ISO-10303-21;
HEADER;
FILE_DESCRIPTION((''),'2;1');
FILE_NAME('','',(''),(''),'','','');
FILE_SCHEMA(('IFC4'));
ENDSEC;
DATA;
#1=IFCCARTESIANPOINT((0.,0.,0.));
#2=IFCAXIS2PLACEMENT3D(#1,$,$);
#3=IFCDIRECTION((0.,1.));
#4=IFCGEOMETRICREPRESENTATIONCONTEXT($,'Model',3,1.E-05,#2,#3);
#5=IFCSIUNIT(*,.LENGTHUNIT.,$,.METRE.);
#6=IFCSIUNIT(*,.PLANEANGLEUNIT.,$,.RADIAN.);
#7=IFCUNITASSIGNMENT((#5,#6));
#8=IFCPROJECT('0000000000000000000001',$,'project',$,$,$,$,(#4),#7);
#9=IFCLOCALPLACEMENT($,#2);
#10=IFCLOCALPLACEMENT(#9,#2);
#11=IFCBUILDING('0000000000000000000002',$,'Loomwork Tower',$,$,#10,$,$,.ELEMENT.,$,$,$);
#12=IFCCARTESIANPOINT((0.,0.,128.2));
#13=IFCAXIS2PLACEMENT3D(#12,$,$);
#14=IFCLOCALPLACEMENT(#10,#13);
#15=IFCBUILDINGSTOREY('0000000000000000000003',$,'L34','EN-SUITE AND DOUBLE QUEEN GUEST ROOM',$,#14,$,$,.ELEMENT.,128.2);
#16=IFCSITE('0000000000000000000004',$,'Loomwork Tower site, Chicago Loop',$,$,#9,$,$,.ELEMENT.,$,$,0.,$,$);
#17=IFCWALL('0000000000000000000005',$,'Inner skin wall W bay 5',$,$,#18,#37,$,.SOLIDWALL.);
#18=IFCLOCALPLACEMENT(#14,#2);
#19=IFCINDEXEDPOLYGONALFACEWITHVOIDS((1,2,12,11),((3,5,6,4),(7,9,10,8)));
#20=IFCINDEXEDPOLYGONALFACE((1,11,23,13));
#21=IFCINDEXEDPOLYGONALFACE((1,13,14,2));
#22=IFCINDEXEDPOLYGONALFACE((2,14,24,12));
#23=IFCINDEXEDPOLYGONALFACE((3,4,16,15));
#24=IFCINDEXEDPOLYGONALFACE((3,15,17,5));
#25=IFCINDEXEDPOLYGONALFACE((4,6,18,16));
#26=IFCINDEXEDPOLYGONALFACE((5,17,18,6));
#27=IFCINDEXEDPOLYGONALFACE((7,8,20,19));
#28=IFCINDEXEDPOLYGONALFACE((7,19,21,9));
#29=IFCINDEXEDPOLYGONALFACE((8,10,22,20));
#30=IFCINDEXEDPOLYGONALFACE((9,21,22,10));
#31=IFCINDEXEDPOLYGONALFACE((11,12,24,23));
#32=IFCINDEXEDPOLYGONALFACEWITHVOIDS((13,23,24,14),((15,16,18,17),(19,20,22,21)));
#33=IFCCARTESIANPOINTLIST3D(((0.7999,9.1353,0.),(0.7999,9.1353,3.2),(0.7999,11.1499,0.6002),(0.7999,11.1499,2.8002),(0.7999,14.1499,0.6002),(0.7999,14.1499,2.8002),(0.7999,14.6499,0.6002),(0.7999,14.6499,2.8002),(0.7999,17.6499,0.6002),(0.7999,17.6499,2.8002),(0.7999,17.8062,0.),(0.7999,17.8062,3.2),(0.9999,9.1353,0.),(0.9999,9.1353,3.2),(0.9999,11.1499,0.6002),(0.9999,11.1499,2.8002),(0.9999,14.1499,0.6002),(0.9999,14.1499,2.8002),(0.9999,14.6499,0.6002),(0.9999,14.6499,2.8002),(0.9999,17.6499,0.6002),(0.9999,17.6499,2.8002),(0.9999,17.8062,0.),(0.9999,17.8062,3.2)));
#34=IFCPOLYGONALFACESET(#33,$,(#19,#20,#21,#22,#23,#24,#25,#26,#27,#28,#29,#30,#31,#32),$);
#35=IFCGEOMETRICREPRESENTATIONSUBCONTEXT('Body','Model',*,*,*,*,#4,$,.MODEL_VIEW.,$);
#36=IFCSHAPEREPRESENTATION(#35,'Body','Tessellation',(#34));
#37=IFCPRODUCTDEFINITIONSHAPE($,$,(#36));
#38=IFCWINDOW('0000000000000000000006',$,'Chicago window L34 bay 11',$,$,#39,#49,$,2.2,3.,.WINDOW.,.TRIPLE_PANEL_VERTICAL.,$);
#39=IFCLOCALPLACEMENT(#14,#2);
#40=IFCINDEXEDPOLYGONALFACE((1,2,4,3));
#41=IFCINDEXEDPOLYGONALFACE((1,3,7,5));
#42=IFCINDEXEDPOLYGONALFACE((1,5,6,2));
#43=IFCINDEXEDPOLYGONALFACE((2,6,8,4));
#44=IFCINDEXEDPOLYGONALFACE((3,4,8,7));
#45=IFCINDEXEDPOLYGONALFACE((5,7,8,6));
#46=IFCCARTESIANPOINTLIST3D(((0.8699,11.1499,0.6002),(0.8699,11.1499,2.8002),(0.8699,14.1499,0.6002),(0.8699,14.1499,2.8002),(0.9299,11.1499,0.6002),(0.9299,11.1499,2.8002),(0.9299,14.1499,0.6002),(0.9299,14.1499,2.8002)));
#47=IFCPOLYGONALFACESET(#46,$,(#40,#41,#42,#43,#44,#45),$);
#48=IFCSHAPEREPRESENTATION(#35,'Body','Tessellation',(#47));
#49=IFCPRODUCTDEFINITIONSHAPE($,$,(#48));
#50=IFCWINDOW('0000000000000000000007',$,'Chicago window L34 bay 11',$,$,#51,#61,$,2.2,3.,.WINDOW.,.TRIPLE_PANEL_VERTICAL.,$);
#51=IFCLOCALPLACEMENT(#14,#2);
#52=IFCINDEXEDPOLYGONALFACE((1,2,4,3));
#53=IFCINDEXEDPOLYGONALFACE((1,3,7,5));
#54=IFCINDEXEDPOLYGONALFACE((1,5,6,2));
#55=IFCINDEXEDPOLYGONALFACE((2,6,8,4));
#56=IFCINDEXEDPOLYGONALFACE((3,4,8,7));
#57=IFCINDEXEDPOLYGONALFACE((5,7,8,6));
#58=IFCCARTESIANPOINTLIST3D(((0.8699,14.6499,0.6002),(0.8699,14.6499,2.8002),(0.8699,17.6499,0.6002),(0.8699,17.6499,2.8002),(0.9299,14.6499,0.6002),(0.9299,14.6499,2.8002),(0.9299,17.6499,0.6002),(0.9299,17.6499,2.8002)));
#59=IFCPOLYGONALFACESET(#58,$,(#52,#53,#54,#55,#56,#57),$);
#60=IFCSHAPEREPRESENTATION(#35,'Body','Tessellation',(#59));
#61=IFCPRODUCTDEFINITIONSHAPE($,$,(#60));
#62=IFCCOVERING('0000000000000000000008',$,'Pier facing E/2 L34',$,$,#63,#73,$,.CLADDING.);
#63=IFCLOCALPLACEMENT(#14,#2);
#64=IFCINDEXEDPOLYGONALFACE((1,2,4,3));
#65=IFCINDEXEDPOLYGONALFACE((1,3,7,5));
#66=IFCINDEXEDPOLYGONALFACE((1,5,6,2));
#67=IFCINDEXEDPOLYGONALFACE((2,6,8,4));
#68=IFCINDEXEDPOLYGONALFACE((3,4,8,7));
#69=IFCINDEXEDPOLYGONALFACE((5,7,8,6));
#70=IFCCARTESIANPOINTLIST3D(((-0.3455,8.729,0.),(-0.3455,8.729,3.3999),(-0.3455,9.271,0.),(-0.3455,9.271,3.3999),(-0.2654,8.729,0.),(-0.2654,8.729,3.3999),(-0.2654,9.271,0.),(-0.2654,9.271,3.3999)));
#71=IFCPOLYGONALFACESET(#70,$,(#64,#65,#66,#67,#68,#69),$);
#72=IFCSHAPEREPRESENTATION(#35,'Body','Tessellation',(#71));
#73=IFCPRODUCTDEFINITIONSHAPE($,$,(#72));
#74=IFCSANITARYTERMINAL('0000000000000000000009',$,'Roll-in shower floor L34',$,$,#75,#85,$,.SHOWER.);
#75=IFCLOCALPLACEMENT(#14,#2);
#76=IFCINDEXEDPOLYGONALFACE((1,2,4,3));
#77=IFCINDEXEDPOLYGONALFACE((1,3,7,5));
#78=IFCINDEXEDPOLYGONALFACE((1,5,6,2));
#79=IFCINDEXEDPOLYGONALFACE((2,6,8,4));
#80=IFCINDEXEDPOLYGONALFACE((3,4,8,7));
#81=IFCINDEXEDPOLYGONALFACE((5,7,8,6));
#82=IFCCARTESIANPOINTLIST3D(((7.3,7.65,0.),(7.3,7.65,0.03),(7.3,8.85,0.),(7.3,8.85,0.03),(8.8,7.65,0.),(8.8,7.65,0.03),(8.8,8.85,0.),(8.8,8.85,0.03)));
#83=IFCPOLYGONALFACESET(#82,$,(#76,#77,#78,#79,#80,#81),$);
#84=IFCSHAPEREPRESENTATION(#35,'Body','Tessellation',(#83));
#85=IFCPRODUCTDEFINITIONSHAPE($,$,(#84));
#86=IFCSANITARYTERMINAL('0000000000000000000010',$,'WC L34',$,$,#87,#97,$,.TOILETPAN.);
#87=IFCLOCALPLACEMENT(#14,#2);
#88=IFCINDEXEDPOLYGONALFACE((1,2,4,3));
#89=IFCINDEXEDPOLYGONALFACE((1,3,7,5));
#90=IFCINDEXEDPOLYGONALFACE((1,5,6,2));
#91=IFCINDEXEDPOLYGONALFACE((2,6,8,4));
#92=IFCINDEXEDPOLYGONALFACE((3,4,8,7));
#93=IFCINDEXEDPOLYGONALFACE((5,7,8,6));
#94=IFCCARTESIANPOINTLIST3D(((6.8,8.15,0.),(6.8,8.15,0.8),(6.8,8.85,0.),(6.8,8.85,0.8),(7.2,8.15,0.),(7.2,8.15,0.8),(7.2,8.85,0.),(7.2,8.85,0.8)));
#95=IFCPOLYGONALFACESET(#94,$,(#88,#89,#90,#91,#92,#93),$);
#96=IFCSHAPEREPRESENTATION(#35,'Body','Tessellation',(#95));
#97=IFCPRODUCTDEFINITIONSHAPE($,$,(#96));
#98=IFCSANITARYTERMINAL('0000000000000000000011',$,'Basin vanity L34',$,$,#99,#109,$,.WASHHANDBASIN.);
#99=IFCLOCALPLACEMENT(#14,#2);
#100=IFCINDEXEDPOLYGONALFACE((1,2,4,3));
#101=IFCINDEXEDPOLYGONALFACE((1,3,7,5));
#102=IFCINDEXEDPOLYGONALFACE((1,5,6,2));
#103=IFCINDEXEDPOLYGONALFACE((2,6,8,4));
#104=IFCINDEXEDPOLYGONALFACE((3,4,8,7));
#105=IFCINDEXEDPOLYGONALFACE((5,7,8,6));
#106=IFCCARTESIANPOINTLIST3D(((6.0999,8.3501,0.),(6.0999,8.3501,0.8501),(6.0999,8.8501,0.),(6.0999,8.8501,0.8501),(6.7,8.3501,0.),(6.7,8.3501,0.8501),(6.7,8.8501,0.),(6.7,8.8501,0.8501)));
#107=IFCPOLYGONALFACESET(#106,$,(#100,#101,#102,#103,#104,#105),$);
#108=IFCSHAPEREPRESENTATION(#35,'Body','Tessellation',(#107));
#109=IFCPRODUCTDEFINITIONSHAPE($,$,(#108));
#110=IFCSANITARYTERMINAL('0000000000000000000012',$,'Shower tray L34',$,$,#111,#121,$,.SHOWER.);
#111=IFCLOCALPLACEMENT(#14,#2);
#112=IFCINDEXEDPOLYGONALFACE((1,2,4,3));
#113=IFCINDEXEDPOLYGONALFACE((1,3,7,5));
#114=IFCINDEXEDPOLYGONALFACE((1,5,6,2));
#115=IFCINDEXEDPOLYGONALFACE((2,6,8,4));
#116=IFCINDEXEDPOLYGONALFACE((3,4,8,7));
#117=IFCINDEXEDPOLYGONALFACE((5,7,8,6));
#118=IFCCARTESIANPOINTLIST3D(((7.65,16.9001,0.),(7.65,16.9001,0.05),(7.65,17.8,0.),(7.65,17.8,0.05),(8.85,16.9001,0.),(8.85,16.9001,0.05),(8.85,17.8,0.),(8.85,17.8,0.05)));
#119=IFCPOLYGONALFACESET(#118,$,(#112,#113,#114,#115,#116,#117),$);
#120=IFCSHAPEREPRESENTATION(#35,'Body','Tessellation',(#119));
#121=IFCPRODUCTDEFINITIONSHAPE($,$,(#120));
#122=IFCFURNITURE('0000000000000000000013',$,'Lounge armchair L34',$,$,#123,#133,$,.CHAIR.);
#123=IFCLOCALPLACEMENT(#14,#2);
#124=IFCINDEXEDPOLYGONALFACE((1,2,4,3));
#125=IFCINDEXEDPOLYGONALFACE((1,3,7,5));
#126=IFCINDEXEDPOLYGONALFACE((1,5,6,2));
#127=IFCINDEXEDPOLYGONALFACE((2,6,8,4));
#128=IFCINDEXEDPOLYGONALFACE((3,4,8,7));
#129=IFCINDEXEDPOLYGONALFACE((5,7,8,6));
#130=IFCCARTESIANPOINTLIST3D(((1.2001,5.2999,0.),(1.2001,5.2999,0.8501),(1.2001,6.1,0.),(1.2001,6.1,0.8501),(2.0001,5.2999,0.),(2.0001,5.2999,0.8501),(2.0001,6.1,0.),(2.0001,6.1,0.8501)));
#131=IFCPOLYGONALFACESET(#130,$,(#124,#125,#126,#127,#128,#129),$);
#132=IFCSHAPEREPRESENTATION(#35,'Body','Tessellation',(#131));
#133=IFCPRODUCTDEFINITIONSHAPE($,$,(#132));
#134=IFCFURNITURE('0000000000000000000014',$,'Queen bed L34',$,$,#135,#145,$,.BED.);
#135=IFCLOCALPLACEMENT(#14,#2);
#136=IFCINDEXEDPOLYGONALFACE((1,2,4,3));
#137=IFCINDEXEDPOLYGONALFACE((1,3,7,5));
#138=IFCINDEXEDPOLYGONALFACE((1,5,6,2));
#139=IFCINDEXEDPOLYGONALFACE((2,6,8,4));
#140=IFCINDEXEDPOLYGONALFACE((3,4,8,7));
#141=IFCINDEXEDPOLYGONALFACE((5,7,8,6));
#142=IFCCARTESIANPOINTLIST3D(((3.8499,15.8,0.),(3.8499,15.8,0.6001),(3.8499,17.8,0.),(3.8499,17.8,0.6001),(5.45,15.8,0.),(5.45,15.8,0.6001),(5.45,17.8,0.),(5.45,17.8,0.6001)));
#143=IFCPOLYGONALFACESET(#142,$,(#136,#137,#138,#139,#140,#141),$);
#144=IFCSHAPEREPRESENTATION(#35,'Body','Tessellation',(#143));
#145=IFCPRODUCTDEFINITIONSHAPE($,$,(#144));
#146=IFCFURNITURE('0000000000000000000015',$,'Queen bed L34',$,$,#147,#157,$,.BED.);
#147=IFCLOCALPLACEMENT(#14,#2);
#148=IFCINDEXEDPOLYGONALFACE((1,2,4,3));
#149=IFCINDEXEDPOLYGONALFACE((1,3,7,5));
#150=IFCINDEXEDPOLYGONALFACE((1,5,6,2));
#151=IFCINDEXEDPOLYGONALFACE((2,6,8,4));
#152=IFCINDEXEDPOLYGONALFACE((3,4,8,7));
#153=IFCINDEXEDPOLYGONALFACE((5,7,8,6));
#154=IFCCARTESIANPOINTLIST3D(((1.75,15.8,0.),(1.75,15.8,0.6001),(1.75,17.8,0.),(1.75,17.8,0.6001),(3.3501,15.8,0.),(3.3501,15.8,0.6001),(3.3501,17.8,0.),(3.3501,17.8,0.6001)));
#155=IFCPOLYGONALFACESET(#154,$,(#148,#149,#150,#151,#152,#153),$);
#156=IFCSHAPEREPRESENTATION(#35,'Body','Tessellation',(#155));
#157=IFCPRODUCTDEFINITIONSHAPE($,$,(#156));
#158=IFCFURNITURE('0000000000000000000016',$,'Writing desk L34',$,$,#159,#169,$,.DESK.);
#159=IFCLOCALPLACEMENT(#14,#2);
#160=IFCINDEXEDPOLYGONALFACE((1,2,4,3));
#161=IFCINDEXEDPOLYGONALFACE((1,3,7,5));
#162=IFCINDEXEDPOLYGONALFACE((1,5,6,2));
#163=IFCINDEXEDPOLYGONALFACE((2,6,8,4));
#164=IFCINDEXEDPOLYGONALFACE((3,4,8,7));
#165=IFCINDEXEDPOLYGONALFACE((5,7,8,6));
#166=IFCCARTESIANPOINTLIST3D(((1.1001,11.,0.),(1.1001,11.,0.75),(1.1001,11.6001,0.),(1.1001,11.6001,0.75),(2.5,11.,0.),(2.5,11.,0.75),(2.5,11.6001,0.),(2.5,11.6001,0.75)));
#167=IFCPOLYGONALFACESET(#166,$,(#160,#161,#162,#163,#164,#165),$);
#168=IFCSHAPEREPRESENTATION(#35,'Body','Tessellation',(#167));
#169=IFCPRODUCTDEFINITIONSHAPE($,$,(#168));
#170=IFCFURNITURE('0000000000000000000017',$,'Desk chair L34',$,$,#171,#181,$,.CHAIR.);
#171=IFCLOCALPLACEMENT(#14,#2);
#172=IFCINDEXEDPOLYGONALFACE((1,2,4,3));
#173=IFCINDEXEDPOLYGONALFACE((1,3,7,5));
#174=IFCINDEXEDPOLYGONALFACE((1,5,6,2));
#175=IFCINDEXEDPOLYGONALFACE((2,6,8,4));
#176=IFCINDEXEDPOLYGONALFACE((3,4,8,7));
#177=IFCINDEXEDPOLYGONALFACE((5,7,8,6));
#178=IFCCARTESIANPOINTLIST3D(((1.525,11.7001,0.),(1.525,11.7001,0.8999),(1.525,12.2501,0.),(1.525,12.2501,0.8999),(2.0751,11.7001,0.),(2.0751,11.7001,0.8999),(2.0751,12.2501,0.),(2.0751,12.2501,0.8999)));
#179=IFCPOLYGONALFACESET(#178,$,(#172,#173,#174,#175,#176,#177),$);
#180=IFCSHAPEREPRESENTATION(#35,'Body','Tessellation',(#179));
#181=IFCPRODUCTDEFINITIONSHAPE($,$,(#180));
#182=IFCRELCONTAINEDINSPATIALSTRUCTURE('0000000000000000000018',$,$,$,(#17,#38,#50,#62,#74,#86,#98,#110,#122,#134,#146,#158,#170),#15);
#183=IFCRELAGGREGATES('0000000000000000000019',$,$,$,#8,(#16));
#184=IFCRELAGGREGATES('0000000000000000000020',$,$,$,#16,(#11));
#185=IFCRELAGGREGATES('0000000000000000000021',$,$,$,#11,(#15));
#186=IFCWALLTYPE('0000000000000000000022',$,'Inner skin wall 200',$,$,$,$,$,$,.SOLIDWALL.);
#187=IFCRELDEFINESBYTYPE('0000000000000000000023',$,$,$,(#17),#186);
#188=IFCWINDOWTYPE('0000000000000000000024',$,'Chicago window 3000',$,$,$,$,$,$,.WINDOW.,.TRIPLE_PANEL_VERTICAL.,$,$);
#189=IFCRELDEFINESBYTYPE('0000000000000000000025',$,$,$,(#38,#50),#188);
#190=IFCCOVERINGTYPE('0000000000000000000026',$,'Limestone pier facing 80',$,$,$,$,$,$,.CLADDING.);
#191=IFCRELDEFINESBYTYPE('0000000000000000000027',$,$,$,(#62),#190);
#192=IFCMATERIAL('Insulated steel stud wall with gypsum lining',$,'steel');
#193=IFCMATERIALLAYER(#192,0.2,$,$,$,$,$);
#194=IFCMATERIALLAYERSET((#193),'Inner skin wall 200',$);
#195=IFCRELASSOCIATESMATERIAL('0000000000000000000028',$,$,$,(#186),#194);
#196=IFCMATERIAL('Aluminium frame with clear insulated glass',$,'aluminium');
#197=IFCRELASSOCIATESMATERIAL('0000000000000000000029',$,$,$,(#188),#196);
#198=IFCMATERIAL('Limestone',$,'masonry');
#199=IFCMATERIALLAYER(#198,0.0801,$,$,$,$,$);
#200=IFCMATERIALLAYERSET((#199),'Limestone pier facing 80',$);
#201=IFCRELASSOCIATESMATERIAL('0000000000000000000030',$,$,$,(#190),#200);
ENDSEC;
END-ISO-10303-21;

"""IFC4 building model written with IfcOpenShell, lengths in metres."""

from ifc_helpers import new_model, si_unit, direction, frame, frame_2d, origin, origin_2d, place, context, subcontext, project, spatial, rectangle, extrude, material, layer, layer_set, type_object, element, fill, save


model = new_model("IFC4")

# Units and contexts
model_context = context("Model", 3, precision=1e-05, world=origin(), true_north=direction((0.0, 1.0)))
body_context = subcontext(model_context, "Body", "Model", "MODEL_VIEW")
ifc_project = project(units=[si_unit("LENGTHUNIT", "METRE"), si_unit("PLANEANGLEUNIT", "RADIAN")], contexts=[model_context])

# Site, building, storey
site_placement = place(None, origin())
site = spatial("IfcSite", under=ifc_project, at=site_placement, Name="Loomwork Tower site, Chicago Loop", CompositionType="ELEMENT", RefElevation=0.0)
building_placement = place(site_placement, origin())
building = spatial("IfcBuilding", under=site, at=building_placement, Name="Loomwork Tower", CompositionType="ELEMENT")
storey_placement = place(building_placement, frame((0.0, 0.0, 128.2)))
storey = spatial("IfcBuildingStorey", under=building, at=storey_placement, Name="L34", Description="EN-SUITE AND DOUBLE QUEEN GUEST ROOM", CompositionType="ELEMENT", Elevation=128.2)

# Shared definitions
ifc_material_1 = material(Name="Insulated steel stud wall with gypsum lining", Category="steel")
ifc_layer_1 = layer(ifc_material_1, 0.2)
ifc_layer_set_1 = layer_set([ifc_layer_1], Name="Inner skin wall 200")
wall_type_1 = type_object("IfcWallType", Name="Inner skin wall 200", PredefinedType="SOLIDWALL", material=ifc_layer_set_1)

# Wall, openings, windows
wall_1_placement = place(storey_placement, frame((0.8999, 9.1353, 0.0), z_axis=(0.0, 0.0, 1.0), x_axis=(0.0, 1.0, 0.0)))
wall_1 = element("IfcWall", 1, at=wall_1_placement, inside=storey, type_object=wall_type_1, Name="Inner skin wall W bay 5", PredefinedType="SOLIDWALL", context=body_context, shape_type="SweptSolid", body=[
    extrude(rectangle(XDim=8.6709, YDim=0.2, at=frame_2d((4.3354, 0.0))), origin(), (0.0, 0.0, 1.0), 3.2),
])
opening_1_placement = place(wall_1_placement, frame((2.0146, 0.0, 0.6001)))
opening_1 = element("IfcOpeningElement", 2, at=opening_1_placement, cuts=wall_1, PredefinedType="OPENING", context=body_context, shape_type="SweptSolid", body=[
    extrude(rectangle(XDim=3.0, YDim=2.2, at=frame_2d((1.5, 1.1001))), frame((0.0, 0.1099, 0.0), z_axis=(0.0, -1.0, 0.0), x_axis=(1.0, 0.0, 0.0)), (0.0, 0.0, 1.0), 0.22),
])
opening_2_placement = place(wall_1_placement, frame((5.5146, 0.0, 0.6001)))
opening_2 = element("IfcOpeningElement", 3, at=opening_2_placement, cuts=wall_1, PredefinedType="OPENING", context=body_context, shape_type="SweptSolid", body=[
    extrude(rectangle(XDim=3.0, YDim=2.2, at=frame_2d((1.5, 1.1001))), frame((0.0, 0.1099, 0.0), z_axis=(0.0, -1.0, 0.0), x_axis=(1.0, 0.0, 0.0)), (0.0, 0.0, 1.0), 0.22),
])
ifc_material_2 = material(Name="Aluminium frame with clear insulated glass", Category="aluminium")
window_type = type_object("IfcWindowType", Name="Chicago window 3000", PartitioningType="TRIPLE_PANEL_VERTICAL", PredefinedType="WINDOW", material=ifc_material_2)
window_1_placement = place(opening_1_placement, origin())
window_1 = element("IfcWindow", 4, at=window_1_placement, inside=storey, type_object=window_type, Name="Chicago window L34 bay 11", OverallHeight=2.2, OverallWidth=3.0, PartitioningType="TRIPLE_PANEL_VERTICAL", PredefinedType="WINDOW", context=body_context, shape_type="SweptSolid", body=[
    extrude(rectangle(XDim=3.0, YDim=2.2, at=frame_2d((1.5, 1.1001))), frame((0.0, 0.03, 0.0), z_axis=(0.0, -1.0, 0.0), x_axis=(1.0, 0.0, 0.0)), (0.0, 0.0, 1.0), 0.0601),
])
fill(opening_1, window_1)
window_2_placement = place(opening_2_placement, origin())
window_2 = element("IfcWindow", 5, at=window_2_placement, inside=storey, type_object=window_type, Name="Chicago window L34 bay 11", OverallHeight=2.2, OverallWidth=3.0, PartitioningType="TRIPLE_PANEL_VERTICAL", PredefinedType="WINDOW", context=body_context, shape_type="SweptSolid", body=[
    extrude(rectangle(XDim=3.0, YDim=2.2, at=frame_2d((1.5, 1.1001))), frame((0.0, 0.03, 0.0), z_axis=(0.0, -1.0, 0.0), x_axis=(1.0, 0.0, 0.0)), (0.0, 0.0, 1.0), 0.0601),
])
fill(opening_2, window_2)

# Covering
ifc_material_3 = material(Name="Limestone", Category="masonry")
ifc_layer_2 = layer(ifc_material_3, 0.0801)
ifc_layer_set_2 = layer_set([ifc_layer_2], Name="Limestone pier facing 80")
covering_type = type_object("IfcCoveringType", Name="Limestone pier facing 80", PredefinedType="CLADDING", material=ifc_layer_set_2)
covering_placement = place(storey_placement, frame((-0.3054, 9.0, 0.0), z_axis=(0.0, 0.0, 1.0), x_axis=(1.0, 0.0, 0.0)))
element("IfcCovering", 6, at=covering_placement, inside=storey, type_object=covering_type, Name="Pier facing E/2 L34", PredefinedType="CLADDING", context=body_context, shape_type="SweptSolid", body=[
    extrude(rectangle(XDim=0.0801, YDim=0.542, at=origin_2d()), origin(), (0.0, 0.0, 1.0), 3.3999),
])

# Sanitary terminals
sanitary_terminal_1_placement = place(storey_placement, frame((8.05, 8.25, 0.0), z_axis=(0.0, 0.0, 1.0), x_axis=(1.0, 0.0, 0.0)))
element("IfcSanitaryTerminal", 7, at=sanitary_terminal_1_placement, inside=storey, Name="Roll-in shower floor L34", PredefinedType="SHOWER", context=body_context, shape_type="SweptSolid", body=[
    extrude(rectangle(XDim=1.5, YDim=1.2, at=origin_2d()), origin(), (0.0, 0.0, 1.0), 0.03),
])
sanitary_terminal_2_placement = place(storey_placement, frame((7.0, 8.5, 0.0), z_axis=(0.0, 0.0, 1.0), x_axis=(1.0, 0.0, 0.0)))
element("IfcSanitaryTerminal", 8, at=sanitary_terminal_2_placement, inside=storey, Name="WC L34", PredefinedType="TOILETPAN", context=body_context, shape_type="SweptSolid", body=[
    extrude(rectangle(XDim=0.3999, YDim=0.7, at=origin_2d()), origin(), (0.0, 0.0, 1.0), 0.8),
])
sanitary_terminal_3_placement = place(storey_placement, frame((6.3999, 8.6001, 0.0), z_axis=(0.0, 0.0, 1.0), x_axis=(1.0, 0.0, 0.0)))
element("IfcSanitaryTerminal", 9, at=sanitary_terminal_3_placement, inside=storey, Name="Basin vanity L34", PredefinedType="WASHHANDBASIN", context=body_context, shape_type="SweptSolid", body=[
    extrude(rectangle(XDim=0.6001, YDim=0.5, at=origin_2d()), origin(), (0.0, 0.0, 1.0), 0.8501),
])
sanitary_terminal_4_placement = place(storey_placement, frame((8.25, 17.3501, 0.0), z_axis=(0.0, 0.0, 1.0), x_axis=(1.0, 0.0, 0.0)))
element("IfcSanitaryTerminal", 10, at=sanitary_terminal_4_placement, inside=storey, Name="Shower tray L34", PredefinedType="SHOWER", context=body_context, shape_type="SweptSolid", body=[
    extrude(rectangle(XDim=1.2, YDim=0.8999, at=origin_2d()), origin(), (0.0, 0.0, 1.0), 0.05),
])

# Furniture
furniture_1_placement = place(storey_placement, frame((1.6001, 5.7, 0.0), z_axis=(0.0, 0.0, 1.0), x_axis=(1.0, 0.0, 0.0)))
element("IfcFurniture", 11, at=furniture_1_placement, inside=storey, Name="Lounge armchair L34", PredefinedType="CHAIR", context=body_context, shape_type="SweptSolid", body=[
    extrude(rectangle(XDim=0.8, YDim=0.8, at=origin_2d()), origin(), (0.0, 0.0, 1.0), 0.8501),
])
for number, where, z_axis, x_axis, name in (
    (12, (4.6499, 16.8, 0.0), (0.0, 0.0, 1.0), (1.0, 0.0, 0.0), "Queen bed L34"),
    (13, (2.55, 16.8, 0.0), (0.0, 0.0, 1.0), (1.0, 0.0, 0.0), "Queen bed L34"),
):
    element("IfcFurniture", number, at=place(storey_placement, frame(where, z_axis=z_axis, x_axis=x_axis)), inside=storey, Name=name, PredefinedType="BED", context=body_context, shape_type="SweptSolid", body=[
        extrude(rectangle(XDim=1.6001, YDim=2.0, at=origin_2d()), origin(), (0.0, 0.0, 1.0), 0.6001),
    ])
furniture_2_placement = place(storey_placement, frame((1.8, 11.3, 0.0), z_axis=(0.0, 0.0, 1.0), x_axis=(1.0, 0.0, 0.0)))
element("IfcFurniture", 14, at=furniture_2_placement, inside=storey, Name="Writing desk L34", PredefinedType="DESK", context=body_context, shape_type="SweptSolid", body=[
    extrude(rectangle(XDim=1.3999, YDim=0.6001, at=origin_2d()), origin(), (0.0, 0.0, 1.0), 0.75),
])
furniture_3_placement = place(storey_placement, frame((1.8, 11.9751, 0.0), z_axis=(0.0, 0.0, 1.0), x_axis=(1.0, 0.0, 0.0)))
element("IfcFurniture", 15, at=furniture_3_placement, inside=storey, Name="Desk chair L34", PredefinedType="CHAIR", context=body_context, shape_type="SweptSolid", body=[
    extrude(rectangle(XDim=0.55, YDim=0.55, at=origin_2d()), origin(), (0.0, 0.0, 1.0), 0.8999),
])

save(model, "model.ifc")
